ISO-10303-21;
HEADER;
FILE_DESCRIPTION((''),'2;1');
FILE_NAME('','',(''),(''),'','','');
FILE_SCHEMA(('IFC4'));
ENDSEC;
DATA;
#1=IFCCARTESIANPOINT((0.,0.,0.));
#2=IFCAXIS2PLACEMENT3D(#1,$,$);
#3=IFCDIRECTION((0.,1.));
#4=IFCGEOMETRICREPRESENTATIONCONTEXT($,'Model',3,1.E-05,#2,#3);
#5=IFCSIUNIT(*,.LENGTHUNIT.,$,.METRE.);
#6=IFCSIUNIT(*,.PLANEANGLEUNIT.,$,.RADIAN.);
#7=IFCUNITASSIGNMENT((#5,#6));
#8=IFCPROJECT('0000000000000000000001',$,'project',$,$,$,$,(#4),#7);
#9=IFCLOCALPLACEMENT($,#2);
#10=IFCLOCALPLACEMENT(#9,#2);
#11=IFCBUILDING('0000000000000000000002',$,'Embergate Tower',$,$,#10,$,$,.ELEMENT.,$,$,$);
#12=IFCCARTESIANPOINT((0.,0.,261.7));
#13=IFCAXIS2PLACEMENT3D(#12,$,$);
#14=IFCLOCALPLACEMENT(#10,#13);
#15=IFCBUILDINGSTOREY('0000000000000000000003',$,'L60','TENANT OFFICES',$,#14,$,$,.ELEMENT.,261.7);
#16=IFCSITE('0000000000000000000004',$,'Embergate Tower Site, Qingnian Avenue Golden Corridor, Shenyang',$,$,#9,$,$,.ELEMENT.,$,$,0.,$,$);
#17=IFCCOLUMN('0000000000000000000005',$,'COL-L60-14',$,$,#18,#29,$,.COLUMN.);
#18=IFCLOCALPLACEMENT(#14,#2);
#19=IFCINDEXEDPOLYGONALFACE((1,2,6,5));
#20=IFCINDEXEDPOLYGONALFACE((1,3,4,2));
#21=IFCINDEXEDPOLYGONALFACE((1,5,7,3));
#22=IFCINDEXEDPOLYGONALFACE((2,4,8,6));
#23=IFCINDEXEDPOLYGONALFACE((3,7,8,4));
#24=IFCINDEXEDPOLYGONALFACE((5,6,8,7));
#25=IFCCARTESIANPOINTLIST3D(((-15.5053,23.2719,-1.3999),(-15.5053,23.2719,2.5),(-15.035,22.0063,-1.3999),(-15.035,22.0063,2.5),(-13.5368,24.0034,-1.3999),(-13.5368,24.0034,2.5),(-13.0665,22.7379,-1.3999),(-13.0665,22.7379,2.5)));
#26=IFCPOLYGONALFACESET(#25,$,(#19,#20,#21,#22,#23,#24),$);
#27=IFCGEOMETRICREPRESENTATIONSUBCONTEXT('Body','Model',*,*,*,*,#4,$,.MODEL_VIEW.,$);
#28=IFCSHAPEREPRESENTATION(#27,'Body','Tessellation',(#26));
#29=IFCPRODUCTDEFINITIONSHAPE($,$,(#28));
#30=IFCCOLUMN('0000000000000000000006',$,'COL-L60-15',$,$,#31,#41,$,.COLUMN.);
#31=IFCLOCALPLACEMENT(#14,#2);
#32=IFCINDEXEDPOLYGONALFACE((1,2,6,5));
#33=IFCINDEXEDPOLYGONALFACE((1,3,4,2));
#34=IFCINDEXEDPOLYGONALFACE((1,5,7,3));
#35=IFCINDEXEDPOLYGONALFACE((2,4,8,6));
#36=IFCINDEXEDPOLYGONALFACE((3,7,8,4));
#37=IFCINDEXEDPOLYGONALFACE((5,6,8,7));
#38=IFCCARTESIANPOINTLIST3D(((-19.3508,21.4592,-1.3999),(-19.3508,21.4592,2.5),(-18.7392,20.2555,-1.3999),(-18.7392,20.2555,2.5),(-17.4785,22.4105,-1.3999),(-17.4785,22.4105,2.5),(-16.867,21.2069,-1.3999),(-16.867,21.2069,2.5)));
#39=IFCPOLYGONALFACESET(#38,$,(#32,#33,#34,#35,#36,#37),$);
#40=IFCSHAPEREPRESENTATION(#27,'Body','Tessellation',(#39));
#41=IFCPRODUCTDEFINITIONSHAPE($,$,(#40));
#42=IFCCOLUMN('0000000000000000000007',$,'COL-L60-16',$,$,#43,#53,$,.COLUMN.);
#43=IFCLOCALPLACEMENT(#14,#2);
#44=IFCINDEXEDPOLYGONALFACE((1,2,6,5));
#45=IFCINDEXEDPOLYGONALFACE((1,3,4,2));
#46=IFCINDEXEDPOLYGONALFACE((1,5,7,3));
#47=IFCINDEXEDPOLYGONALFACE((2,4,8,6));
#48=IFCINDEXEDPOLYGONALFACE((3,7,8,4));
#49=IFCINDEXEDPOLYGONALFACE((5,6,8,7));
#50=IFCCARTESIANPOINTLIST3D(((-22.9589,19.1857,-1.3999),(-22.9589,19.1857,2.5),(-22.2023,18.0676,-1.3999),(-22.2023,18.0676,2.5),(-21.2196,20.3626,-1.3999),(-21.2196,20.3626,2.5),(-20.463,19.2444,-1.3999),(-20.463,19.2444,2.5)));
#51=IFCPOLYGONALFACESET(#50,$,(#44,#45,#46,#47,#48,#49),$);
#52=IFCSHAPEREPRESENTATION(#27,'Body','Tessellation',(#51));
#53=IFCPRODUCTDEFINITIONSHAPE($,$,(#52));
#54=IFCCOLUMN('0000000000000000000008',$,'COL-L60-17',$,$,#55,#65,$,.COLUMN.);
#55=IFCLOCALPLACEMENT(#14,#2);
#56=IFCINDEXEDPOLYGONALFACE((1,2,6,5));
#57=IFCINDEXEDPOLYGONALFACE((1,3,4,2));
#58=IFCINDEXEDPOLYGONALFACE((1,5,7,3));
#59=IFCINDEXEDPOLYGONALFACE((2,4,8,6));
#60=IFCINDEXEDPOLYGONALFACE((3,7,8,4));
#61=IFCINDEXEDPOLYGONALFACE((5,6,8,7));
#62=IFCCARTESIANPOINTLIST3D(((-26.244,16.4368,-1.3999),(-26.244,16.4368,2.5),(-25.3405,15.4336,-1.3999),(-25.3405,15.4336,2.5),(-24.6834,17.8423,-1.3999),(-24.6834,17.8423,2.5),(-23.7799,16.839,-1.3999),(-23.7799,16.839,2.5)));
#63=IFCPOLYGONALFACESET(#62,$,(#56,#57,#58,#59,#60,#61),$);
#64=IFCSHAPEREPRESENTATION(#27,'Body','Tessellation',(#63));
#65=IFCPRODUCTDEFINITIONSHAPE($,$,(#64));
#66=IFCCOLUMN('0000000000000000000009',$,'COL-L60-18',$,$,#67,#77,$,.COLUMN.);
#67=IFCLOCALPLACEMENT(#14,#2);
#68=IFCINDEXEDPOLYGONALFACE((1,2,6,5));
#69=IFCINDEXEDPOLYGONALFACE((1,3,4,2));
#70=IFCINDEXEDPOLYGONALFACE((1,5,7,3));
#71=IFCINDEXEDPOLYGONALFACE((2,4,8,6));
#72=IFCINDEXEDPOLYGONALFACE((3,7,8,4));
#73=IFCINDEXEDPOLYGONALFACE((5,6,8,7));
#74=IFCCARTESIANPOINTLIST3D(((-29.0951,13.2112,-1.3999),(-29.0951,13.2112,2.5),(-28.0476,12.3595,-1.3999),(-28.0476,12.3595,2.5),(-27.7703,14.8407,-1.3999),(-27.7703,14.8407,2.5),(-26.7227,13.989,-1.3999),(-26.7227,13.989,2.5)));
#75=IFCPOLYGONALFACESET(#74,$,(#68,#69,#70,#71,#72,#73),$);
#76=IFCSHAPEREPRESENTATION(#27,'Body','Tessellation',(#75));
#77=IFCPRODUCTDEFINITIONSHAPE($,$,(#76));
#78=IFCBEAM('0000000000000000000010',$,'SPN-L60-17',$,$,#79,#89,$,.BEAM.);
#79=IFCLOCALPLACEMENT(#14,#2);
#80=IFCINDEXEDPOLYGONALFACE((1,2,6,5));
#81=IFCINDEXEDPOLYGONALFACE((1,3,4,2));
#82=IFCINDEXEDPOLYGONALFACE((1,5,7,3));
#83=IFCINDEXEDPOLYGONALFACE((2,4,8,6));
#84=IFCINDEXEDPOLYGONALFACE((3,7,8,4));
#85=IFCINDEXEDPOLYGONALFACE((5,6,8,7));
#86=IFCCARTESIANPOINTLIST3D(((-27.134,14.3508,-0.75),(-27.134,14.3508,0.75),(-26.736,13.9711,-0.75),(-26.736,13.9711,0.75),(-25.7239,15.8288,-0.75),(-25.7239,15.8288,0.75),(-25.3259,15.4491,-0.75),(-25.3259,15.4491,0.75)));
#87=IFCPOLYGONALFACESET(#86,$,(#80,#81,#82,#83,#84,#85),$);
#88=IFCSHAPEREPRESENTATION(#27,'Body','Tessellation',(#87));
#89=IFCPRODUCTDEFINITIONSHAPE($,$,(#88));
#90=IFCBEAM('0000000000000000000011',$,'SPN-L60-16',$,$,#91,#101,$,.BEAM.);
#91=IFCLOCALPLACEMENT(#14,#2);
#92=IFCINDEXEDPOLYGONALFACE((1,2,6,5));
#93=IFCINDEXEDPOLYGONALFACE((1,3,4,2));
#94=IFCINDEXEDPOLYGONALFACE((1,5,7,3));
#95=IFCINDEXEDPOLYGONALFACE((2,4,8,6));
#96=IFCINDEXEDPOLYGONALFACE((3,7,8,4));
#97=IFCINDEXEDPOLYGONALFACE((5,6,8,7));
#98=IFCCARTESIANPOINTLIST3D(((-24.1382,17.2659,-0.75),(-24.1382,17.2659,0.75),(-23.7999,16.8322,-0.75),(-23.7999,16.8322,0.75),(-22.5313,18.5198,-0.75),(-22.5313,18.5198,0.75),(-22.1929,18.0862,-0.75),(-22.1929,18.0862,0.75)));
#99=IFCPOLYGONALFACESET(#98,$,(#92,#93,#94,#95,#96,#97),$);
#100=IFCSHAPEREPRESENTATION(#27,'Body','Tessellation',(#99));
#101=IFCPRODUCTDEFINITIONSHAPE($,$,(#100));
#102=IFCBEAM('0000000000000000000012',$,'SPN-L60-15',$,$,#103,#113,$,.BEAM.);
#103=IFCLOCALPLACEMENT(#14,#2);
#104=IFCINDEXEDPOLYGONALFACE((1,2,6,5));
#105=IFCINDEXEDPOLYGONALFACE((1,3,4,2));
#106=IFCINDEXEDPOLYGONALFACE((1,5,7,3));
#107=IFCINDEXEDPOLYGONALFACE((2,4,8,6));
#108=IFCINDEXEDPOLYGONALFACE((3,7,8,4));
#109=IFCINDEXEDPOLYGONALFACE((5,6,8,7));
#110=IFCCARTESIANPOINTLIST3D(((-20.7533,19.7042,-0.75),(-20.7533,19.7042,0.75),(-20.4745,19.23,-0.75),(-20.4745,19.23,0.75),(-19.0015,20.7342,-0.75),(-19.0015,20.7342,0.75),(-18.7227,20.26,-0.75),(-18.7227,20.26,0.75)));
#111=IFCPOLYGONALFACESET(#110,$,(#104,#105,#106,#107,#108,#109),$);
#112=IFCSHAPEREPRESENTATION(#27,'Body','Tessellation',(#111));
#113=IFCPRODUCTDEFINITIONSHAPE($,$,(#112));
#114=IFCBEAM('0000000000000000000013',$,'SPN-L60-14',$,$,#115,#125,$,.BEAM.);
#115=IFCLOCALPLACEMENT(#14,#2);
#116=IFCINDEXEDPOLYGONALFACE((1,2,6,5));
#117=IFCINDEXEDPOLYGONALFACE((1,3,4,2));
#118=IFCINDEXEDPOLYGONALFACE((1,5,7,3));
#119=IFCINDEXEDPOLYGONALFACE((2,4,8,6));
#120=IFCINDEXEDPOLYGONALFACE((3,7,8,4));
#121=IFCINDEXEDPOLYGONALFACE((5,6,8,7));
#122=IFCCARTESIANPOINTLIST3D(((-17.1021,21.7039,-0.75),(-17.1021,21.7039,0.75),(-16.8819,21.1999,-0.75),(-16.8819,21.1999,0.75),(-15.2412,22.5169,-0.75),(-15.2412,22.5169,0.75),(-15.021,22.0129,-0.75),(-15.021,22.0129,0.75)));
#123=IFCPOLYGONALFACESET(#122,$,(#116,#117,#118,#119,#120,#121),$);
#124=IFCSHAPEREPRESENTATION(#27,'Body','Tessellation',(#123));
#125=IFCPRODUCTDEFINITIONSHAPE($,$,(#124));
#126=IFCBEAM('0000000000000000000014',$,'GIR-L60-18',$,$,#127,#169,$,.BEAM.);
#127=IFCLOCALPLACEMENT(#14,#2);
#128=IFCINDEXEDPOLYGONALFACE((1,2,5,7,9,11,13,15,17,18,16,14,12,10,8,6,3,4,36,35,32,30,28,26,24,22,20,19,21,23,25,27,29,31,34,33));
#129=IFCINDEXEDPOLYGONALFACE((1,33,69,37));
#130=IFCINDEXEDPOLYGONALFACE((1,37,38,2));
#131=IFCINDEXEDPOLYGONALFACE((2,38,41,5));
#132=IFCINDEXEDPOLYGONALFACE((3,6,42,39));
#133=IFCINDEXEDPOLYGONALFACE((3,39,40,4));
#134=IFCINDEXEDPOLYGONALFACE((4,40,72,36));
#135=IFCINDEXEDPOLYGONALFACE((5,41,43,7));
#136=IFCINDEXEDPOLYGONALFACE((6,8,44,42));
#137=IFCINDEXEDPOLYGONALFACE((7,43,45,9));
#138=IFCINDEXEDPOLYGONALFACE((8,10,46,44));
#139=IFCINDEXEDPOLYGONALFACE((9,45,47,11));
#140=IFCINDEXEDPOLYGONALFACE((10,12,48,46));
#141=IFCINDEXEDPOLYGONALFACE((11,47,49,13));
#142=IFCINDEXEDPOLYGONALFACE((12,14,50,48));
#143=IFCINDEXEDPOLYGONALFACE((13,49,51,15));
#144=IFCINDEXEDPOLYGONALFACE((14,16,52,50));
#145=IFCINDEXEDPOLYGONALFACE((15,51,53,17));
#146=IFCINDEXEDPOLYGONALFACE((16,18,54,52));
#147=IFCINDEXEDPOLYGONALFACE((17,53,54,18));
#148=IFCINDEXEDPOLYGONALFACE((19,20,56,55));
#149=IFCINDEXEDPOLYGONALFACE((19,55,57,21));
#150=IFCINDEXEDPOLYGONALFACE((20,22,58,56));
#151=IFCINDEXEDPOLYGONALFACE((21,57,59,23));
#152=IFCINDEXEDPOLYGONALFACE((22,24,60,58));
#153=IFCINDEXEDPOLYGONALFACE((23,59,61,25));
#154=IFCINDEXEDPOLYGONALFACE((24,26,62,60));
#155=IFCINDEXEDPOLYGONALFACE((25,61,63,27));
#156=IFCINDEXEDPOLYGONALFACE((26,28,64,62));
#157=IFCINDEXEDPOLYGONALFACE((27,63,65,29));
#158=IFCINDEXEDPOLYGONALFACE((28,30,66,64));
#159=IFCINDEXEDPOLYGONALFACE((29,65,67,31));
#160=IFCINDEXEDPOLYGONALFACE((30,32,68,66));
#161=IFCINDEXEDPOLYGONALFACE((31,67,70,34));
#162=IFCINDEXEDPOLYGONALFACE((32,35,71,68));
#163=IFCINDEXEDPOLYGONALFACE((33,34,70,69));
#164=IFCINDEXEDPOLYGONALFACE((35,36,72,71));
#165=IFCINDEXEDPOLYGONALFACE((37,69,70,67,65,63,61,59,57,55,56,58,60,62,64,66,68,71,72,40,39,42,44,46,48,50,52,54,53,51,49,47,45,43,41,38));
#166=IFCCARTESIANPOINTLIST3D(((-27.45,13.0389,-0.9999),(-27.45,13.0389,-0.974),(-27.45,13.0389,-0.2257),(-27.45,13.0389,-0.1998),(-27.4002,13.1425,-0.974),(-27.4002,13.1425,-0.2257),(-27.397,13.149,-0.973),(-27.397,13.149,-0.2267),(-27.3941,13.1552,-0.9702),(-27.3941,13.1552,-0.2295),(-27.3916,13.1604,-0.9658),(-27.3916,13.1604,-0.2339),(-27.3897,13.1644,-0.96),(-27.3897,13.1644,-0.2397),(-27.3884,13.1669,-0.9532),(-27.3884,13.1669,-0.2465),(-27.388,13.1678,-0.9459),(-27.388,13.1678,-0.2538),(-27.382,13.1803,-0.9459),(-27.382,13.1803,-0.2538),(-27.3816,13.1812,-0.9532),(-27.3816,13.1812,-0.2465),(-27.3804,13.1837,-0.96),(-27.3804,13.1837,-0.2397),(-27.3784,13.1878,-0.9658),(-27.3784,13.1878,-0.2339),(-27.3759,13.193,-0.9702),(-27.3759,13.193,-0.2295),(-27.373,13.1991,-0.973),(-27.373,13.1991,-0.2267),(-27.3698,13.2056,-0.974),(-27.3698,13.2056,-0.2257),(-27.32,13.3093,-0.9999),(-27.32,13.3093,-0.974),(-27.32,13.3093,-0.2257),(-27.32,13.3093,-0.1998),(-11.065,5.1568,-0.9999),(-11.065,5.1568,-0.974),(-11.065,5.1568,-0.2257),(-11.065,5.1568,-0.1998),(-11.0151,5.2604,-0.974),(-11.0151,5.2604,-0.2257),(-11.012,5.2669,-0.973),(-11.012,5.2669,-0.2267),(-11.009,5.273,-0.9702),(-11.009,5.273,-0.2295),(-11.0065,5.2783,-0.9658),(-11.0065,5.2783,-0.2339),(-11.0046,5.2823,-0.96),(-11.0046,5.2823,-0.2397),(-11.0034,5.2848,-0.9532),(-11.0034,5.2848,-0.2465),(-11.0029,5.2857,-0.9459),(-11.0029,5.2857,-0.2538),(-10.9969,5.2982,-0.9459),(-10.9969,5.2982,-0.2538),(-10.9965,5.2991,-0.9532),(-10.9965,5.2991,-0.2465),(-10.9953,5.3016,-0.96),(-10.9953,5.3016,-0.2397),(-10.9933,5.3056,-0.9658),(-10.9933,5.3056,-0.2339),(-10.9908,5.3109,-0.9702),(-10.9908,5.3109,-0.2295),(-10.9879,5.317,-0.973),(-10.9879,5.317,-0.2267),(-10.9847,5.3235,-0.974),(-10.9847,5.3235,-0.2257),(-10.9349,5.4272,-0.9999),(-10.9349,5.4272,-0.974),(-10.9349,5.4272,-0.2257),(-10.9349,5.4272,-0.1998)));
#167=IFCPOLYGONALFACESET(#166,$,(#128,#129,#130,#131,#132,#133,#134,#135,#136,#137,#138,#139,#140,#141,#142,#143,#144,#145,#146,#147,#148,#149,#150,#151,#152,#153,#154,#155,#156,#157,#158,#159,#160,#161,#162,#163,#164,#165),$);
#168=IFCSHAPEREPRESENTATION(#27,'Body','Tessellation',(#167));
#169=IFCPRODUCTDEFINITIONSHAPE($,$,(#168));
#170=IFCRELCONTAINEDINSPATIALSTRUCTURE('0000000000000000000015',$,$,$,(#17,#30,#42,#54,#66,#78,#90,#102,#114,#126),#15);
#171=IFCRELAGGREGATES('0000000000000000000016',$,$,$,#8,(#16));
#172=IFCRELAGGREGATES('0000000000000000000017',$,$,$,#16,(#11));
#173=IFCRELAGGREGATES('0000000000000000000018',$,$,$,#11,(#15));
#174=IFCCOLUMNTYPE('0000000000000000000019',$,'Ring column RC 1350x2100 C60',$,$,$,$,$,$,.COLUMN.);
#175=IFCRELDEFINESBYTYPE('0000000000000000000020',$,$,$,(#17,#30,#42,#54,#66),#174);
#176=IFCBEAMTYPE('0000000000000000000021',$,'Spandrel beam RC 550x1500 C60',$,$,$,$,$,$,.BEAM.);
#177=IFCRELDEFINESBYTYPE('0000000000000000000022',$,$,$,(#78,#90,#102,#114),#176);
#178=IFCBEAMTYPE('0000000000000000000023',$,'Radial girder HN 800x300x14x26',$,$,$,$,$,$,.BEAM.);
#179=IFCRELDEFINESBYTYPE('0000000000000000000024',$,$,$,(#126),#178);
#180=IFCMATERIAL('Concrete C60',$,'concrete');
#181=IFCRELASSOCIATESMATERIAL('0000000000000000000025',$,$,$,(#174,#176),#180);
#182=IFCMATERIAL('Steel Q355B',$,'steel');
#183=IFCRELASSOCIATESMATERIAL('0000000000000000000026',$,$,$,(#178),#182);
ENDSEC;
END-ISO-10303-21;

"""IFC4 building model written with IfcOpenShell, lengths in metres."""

from ifc_helpers import new_model, si_unit, direction, frame, origin, origin_2d, place, context, subcontext, project, spatial, rectangle, i_section, extrude, source, transform, mapped, material, material_profile, profile_set, type_object, element, save


model = new_model("IFC4")

# Units and contexts
model_context = context("Model", 3, precision=1e-05, world=origin(), true_north=direction((0.0, 1.0)))
body_context = subcontext(model_context, "Body", "Model", "MODEL_VIEW")
ifc_project = project(units=[si_unit("LENGTHUNIT", "METRE"), si_unit("PLANEANGLEUNIT", "RADIAN")], contexts=[model_context])

# Site, building, storey
site_placement = place(None, origin())
site = spatial("IfcSite", under=ifc_project, at=site_placement, Name="Embergate Tower Site, Qingnian Avenue Golden Corridor, Shenyang", CompositionType="ELEMENT", RefElevation=0.0)
building_placement = place(site_placement, origin())
building = spatial("IfcBuilding", under=site, at=building_placement, Name="Embergate Tower", CompositionType="ELEMENT")
storey_placement = place(building_placement, frame((0.0, 0.0, 261.7)))
storey = spatial("IfcBuildingStorey", under=building, at=storey_placement, Name="L60", Description="TENANT OFFICES", CompositionType="ELEMENT", Elevation=261.7)

# Columns
ifc_material_1 = material(Name="Concrete C60", Category="concrete")
ifc_material_profile_1 = material_profile(ifc_material_1, rectangle(XDim=1.3501, YDim=2.1001, at=origin_2d()), Name="RC 1350x2100")
ifc_profile_set_1 = profile_set([ifc_material_profile_1], Name="Concrete C60")
column_type = type_object("IfcColumnType", Name="Ring column RC 1350x2100 C60", PredefinedType="COLUMN", material=ifc_profile_set_1)
shared_shape_1 = source(origin(), body_context, "Body", "SweptSolid", [
    extrude(rectangle(XDim=1.3501, YDim=2.1001, at=origin_2d()), origin(), (0.0, 0.0, 1.0), 3.8999),
])
for number, where, z_axis, x_axis, name in (
    (1, (-14.2859, 23.0049, -1.3999), (0.0, 0.0, 1.0), (-0.348343, 0.937367, 0.0), "COL-L60-14"),
    (2, (-18.1089, 21.333, -1.3999), (0.0, 0.0, 1.0), (-0.452995, 0.891513, 0.0), "COL-L60-15"),
    (3, (-21.7109, 19.2151, -1.3999), (0.0, 0.0, 1.0), (-0.560393, 0.828227, 0.0), "COL-L60-16"),
    (4, (-25.012, 16.6379, -1.3999), (0.0, 0.0, 1.0), (-0.669208, 0.743075, 0.0), "COL-L60-17"),
    (5, (-27.9089, 13.6001, -1.3999), (0.0, 0.0, 1.0), (-0.775914, 0.630838, 0.0), "COL-L60-18"),
):
    element("IfcColumn", number, at=place(storey_placement, frame(where, z_axis=z_axis, x_axis=x_axis)), inside=storey, type_object=column_type, Name=name, PredefinedType="COLUMN", context=body_context, shape_type="MappedRepresentation", body=[
        mapped(shared_shape_1, transform((0.0, 0.0, 0.0))),
    ])

# Beams
ifc_material_profile_2 = material_profile(ifc_material_1, rectangle(XDim=0.55, YDim=1.5, at=origin_2d()), Name="RC 550x1500")
ifc_profile_set_2 = profile_set([ifc_material_profile_2], Name="Concrete C60")
beam_type_1 = type_object("IfcBeamType", Name="Spandrel beam RC 550x1500 C60", PredefinedType="BEAM", material=ifc_profile_set_2)
shared_shape_2 = source(origin(), body_context, "Body", "SweptSolid", [
    extrude(rectangle(XDim=0.55, YDim=1.5, at=origin_2d()), origin(), (0.0, 0.0, 1.0), 2.0427),
])
beam_1_placement = place(storey_placement, frame((-25.5249, 15.6389, 0.0), z_axis=(-0.690299, -0.723524, 0.0), x_axis=(0.723524, -0.690299, 0.0)))
element("IfcBeam", 6, at=beam_1_placement, inside=storey, type_object=beam_type_1, Name="SPN-L60-17", PredefinedType="BEAM", context=body_context, shape_type="MappedRepresentation", body=[
    mapped(shared_shape_2, transform((0.0, 0.0, 0.0))),
])
shared_shape_3 = source(origin(), body_context, "Body", "SweptSolid", [
    extrude(rectangle(XDim=0.55, YDim=1.5, at=origin_2d()), origin(), (0.0, 0.0, 1.0), 2.0383),
])
beam_2_placement = place(storey_placement, frame((-22.3621, 18.303, 0.0), z_axis=(-0.788384, -0.615184, 0.0), x_axis=(0.615184, -0.788384, 0.0)))
element("IfcBeam", 7, at=beam_2_placement, inside=storey, type_object=beam_type_1, Name="SPN-L60-16", PredefinedType="BEAM", context=body_context, shape_type="MappedRepresentation", body=[
    mapped(shared_shape_3, transform((0.0, 0.0, 0.0))),
])
shared_shape_4 = source(origin(), body_context, "Body", "SweptSolid", [
    extrude(rectangle(XDim=0.55, YDim=1.5, at=origin_2d()), origin(), (0.0, 0.0, 1.0), 2.0322),
])
beam_3_placement = place(storey_placement, frame((-18.8621, 20.4971, 0.0), z_axis=(-0.862048, -0.506826, 0.0), x_axis=(0.506826, -0.862048, 0.0)))
element("IfcBeam", 8, at=beam_3_placement, inside=storey, type_object=beam_type_1, Name="SPN-L60-15", PredefinedType="BEAM", context=body_context, shape_type="MappedRepresentation", body=[
    mapped(shared_shape_4, transform((0.0, 0.0, 0.0))),
])
shared_shape_5 = source(origin(), body_context, "Body", "SweptSolid", [
    extrude(rectangle(XDim=0.55, YDim=1.5, at=origin_2d()), origin(), (0.0, 0.0, 1.0), 2.0308),
])
beam_4_placement = place(storey_placement, frame((-15.1311, 22.2649, 0.0), z_axis=(-0.916361, -0.400352, 0.0), x_axis=(0.400352, -0.916361, 0.0)))
element("IfcBeam", 9, at=beam_4_placement, inside=storey, type_object=beam_type_1, Name="SPN-L60-14", PredefinedType="BEAM", context=body_context, shape_type="MappedRepresentation", body=[
    mapped(shared_shape_5, transform((0.0, 0.0, 0.0))),
])
ifc_material_2 = material(Name="Steel Q355B", Category="steel")
ifc_material_profile_3 = material_profile(ifc_material_2, i_section(OverallWidth=0.3, OverallDepth=0.8, WebThickness=0.0139, FlangeThickness=0.0259, FilletRadius=0.0281, at=origin_2d()), Name="HN 800x300x14x26")
ifc_profile_set_3 = profile_set([ifc_material_profile_3], Name="Steel Q355 grade B")
beam_type_2 = type_object("IfcBeamType", Name="Radial girder HN 800x300x14x26", PredefinedType="BEAM", material=ifc_profile_set_3)
shared_shape_6 = source(origin(), body_context, "Body", "SweptSolid", [
    extrude(i_section(OverallWidth=0.3, OverallDepth=0.8, WebThickness=0.0139, FlangeThickness=0.0259, FilletRadius=0.0281, at=origin_2d()), origin(), (0.0, 0.0, 1.0), 18.1824),
])
beam_5_placement = place(storey_placement, frame((-27.385, 13.1741, -0.5999), z_axis=(0.901152, -0.433503, 0.0), x_axis=(0.433503, 0.901152, 0.0)))
element("IfcBeam", 10, at=beam_5_placement, inside=storey, type_object=beam_type_2, Name="GIR-L60-18", PredefinedType="BEAM", context=body_context, shape_type="MappedRepresentation", body=[
    mapped(shared_shape_6, transform((0.0, 0.0, 0.0))),
])

save(model, "model.ifc")
